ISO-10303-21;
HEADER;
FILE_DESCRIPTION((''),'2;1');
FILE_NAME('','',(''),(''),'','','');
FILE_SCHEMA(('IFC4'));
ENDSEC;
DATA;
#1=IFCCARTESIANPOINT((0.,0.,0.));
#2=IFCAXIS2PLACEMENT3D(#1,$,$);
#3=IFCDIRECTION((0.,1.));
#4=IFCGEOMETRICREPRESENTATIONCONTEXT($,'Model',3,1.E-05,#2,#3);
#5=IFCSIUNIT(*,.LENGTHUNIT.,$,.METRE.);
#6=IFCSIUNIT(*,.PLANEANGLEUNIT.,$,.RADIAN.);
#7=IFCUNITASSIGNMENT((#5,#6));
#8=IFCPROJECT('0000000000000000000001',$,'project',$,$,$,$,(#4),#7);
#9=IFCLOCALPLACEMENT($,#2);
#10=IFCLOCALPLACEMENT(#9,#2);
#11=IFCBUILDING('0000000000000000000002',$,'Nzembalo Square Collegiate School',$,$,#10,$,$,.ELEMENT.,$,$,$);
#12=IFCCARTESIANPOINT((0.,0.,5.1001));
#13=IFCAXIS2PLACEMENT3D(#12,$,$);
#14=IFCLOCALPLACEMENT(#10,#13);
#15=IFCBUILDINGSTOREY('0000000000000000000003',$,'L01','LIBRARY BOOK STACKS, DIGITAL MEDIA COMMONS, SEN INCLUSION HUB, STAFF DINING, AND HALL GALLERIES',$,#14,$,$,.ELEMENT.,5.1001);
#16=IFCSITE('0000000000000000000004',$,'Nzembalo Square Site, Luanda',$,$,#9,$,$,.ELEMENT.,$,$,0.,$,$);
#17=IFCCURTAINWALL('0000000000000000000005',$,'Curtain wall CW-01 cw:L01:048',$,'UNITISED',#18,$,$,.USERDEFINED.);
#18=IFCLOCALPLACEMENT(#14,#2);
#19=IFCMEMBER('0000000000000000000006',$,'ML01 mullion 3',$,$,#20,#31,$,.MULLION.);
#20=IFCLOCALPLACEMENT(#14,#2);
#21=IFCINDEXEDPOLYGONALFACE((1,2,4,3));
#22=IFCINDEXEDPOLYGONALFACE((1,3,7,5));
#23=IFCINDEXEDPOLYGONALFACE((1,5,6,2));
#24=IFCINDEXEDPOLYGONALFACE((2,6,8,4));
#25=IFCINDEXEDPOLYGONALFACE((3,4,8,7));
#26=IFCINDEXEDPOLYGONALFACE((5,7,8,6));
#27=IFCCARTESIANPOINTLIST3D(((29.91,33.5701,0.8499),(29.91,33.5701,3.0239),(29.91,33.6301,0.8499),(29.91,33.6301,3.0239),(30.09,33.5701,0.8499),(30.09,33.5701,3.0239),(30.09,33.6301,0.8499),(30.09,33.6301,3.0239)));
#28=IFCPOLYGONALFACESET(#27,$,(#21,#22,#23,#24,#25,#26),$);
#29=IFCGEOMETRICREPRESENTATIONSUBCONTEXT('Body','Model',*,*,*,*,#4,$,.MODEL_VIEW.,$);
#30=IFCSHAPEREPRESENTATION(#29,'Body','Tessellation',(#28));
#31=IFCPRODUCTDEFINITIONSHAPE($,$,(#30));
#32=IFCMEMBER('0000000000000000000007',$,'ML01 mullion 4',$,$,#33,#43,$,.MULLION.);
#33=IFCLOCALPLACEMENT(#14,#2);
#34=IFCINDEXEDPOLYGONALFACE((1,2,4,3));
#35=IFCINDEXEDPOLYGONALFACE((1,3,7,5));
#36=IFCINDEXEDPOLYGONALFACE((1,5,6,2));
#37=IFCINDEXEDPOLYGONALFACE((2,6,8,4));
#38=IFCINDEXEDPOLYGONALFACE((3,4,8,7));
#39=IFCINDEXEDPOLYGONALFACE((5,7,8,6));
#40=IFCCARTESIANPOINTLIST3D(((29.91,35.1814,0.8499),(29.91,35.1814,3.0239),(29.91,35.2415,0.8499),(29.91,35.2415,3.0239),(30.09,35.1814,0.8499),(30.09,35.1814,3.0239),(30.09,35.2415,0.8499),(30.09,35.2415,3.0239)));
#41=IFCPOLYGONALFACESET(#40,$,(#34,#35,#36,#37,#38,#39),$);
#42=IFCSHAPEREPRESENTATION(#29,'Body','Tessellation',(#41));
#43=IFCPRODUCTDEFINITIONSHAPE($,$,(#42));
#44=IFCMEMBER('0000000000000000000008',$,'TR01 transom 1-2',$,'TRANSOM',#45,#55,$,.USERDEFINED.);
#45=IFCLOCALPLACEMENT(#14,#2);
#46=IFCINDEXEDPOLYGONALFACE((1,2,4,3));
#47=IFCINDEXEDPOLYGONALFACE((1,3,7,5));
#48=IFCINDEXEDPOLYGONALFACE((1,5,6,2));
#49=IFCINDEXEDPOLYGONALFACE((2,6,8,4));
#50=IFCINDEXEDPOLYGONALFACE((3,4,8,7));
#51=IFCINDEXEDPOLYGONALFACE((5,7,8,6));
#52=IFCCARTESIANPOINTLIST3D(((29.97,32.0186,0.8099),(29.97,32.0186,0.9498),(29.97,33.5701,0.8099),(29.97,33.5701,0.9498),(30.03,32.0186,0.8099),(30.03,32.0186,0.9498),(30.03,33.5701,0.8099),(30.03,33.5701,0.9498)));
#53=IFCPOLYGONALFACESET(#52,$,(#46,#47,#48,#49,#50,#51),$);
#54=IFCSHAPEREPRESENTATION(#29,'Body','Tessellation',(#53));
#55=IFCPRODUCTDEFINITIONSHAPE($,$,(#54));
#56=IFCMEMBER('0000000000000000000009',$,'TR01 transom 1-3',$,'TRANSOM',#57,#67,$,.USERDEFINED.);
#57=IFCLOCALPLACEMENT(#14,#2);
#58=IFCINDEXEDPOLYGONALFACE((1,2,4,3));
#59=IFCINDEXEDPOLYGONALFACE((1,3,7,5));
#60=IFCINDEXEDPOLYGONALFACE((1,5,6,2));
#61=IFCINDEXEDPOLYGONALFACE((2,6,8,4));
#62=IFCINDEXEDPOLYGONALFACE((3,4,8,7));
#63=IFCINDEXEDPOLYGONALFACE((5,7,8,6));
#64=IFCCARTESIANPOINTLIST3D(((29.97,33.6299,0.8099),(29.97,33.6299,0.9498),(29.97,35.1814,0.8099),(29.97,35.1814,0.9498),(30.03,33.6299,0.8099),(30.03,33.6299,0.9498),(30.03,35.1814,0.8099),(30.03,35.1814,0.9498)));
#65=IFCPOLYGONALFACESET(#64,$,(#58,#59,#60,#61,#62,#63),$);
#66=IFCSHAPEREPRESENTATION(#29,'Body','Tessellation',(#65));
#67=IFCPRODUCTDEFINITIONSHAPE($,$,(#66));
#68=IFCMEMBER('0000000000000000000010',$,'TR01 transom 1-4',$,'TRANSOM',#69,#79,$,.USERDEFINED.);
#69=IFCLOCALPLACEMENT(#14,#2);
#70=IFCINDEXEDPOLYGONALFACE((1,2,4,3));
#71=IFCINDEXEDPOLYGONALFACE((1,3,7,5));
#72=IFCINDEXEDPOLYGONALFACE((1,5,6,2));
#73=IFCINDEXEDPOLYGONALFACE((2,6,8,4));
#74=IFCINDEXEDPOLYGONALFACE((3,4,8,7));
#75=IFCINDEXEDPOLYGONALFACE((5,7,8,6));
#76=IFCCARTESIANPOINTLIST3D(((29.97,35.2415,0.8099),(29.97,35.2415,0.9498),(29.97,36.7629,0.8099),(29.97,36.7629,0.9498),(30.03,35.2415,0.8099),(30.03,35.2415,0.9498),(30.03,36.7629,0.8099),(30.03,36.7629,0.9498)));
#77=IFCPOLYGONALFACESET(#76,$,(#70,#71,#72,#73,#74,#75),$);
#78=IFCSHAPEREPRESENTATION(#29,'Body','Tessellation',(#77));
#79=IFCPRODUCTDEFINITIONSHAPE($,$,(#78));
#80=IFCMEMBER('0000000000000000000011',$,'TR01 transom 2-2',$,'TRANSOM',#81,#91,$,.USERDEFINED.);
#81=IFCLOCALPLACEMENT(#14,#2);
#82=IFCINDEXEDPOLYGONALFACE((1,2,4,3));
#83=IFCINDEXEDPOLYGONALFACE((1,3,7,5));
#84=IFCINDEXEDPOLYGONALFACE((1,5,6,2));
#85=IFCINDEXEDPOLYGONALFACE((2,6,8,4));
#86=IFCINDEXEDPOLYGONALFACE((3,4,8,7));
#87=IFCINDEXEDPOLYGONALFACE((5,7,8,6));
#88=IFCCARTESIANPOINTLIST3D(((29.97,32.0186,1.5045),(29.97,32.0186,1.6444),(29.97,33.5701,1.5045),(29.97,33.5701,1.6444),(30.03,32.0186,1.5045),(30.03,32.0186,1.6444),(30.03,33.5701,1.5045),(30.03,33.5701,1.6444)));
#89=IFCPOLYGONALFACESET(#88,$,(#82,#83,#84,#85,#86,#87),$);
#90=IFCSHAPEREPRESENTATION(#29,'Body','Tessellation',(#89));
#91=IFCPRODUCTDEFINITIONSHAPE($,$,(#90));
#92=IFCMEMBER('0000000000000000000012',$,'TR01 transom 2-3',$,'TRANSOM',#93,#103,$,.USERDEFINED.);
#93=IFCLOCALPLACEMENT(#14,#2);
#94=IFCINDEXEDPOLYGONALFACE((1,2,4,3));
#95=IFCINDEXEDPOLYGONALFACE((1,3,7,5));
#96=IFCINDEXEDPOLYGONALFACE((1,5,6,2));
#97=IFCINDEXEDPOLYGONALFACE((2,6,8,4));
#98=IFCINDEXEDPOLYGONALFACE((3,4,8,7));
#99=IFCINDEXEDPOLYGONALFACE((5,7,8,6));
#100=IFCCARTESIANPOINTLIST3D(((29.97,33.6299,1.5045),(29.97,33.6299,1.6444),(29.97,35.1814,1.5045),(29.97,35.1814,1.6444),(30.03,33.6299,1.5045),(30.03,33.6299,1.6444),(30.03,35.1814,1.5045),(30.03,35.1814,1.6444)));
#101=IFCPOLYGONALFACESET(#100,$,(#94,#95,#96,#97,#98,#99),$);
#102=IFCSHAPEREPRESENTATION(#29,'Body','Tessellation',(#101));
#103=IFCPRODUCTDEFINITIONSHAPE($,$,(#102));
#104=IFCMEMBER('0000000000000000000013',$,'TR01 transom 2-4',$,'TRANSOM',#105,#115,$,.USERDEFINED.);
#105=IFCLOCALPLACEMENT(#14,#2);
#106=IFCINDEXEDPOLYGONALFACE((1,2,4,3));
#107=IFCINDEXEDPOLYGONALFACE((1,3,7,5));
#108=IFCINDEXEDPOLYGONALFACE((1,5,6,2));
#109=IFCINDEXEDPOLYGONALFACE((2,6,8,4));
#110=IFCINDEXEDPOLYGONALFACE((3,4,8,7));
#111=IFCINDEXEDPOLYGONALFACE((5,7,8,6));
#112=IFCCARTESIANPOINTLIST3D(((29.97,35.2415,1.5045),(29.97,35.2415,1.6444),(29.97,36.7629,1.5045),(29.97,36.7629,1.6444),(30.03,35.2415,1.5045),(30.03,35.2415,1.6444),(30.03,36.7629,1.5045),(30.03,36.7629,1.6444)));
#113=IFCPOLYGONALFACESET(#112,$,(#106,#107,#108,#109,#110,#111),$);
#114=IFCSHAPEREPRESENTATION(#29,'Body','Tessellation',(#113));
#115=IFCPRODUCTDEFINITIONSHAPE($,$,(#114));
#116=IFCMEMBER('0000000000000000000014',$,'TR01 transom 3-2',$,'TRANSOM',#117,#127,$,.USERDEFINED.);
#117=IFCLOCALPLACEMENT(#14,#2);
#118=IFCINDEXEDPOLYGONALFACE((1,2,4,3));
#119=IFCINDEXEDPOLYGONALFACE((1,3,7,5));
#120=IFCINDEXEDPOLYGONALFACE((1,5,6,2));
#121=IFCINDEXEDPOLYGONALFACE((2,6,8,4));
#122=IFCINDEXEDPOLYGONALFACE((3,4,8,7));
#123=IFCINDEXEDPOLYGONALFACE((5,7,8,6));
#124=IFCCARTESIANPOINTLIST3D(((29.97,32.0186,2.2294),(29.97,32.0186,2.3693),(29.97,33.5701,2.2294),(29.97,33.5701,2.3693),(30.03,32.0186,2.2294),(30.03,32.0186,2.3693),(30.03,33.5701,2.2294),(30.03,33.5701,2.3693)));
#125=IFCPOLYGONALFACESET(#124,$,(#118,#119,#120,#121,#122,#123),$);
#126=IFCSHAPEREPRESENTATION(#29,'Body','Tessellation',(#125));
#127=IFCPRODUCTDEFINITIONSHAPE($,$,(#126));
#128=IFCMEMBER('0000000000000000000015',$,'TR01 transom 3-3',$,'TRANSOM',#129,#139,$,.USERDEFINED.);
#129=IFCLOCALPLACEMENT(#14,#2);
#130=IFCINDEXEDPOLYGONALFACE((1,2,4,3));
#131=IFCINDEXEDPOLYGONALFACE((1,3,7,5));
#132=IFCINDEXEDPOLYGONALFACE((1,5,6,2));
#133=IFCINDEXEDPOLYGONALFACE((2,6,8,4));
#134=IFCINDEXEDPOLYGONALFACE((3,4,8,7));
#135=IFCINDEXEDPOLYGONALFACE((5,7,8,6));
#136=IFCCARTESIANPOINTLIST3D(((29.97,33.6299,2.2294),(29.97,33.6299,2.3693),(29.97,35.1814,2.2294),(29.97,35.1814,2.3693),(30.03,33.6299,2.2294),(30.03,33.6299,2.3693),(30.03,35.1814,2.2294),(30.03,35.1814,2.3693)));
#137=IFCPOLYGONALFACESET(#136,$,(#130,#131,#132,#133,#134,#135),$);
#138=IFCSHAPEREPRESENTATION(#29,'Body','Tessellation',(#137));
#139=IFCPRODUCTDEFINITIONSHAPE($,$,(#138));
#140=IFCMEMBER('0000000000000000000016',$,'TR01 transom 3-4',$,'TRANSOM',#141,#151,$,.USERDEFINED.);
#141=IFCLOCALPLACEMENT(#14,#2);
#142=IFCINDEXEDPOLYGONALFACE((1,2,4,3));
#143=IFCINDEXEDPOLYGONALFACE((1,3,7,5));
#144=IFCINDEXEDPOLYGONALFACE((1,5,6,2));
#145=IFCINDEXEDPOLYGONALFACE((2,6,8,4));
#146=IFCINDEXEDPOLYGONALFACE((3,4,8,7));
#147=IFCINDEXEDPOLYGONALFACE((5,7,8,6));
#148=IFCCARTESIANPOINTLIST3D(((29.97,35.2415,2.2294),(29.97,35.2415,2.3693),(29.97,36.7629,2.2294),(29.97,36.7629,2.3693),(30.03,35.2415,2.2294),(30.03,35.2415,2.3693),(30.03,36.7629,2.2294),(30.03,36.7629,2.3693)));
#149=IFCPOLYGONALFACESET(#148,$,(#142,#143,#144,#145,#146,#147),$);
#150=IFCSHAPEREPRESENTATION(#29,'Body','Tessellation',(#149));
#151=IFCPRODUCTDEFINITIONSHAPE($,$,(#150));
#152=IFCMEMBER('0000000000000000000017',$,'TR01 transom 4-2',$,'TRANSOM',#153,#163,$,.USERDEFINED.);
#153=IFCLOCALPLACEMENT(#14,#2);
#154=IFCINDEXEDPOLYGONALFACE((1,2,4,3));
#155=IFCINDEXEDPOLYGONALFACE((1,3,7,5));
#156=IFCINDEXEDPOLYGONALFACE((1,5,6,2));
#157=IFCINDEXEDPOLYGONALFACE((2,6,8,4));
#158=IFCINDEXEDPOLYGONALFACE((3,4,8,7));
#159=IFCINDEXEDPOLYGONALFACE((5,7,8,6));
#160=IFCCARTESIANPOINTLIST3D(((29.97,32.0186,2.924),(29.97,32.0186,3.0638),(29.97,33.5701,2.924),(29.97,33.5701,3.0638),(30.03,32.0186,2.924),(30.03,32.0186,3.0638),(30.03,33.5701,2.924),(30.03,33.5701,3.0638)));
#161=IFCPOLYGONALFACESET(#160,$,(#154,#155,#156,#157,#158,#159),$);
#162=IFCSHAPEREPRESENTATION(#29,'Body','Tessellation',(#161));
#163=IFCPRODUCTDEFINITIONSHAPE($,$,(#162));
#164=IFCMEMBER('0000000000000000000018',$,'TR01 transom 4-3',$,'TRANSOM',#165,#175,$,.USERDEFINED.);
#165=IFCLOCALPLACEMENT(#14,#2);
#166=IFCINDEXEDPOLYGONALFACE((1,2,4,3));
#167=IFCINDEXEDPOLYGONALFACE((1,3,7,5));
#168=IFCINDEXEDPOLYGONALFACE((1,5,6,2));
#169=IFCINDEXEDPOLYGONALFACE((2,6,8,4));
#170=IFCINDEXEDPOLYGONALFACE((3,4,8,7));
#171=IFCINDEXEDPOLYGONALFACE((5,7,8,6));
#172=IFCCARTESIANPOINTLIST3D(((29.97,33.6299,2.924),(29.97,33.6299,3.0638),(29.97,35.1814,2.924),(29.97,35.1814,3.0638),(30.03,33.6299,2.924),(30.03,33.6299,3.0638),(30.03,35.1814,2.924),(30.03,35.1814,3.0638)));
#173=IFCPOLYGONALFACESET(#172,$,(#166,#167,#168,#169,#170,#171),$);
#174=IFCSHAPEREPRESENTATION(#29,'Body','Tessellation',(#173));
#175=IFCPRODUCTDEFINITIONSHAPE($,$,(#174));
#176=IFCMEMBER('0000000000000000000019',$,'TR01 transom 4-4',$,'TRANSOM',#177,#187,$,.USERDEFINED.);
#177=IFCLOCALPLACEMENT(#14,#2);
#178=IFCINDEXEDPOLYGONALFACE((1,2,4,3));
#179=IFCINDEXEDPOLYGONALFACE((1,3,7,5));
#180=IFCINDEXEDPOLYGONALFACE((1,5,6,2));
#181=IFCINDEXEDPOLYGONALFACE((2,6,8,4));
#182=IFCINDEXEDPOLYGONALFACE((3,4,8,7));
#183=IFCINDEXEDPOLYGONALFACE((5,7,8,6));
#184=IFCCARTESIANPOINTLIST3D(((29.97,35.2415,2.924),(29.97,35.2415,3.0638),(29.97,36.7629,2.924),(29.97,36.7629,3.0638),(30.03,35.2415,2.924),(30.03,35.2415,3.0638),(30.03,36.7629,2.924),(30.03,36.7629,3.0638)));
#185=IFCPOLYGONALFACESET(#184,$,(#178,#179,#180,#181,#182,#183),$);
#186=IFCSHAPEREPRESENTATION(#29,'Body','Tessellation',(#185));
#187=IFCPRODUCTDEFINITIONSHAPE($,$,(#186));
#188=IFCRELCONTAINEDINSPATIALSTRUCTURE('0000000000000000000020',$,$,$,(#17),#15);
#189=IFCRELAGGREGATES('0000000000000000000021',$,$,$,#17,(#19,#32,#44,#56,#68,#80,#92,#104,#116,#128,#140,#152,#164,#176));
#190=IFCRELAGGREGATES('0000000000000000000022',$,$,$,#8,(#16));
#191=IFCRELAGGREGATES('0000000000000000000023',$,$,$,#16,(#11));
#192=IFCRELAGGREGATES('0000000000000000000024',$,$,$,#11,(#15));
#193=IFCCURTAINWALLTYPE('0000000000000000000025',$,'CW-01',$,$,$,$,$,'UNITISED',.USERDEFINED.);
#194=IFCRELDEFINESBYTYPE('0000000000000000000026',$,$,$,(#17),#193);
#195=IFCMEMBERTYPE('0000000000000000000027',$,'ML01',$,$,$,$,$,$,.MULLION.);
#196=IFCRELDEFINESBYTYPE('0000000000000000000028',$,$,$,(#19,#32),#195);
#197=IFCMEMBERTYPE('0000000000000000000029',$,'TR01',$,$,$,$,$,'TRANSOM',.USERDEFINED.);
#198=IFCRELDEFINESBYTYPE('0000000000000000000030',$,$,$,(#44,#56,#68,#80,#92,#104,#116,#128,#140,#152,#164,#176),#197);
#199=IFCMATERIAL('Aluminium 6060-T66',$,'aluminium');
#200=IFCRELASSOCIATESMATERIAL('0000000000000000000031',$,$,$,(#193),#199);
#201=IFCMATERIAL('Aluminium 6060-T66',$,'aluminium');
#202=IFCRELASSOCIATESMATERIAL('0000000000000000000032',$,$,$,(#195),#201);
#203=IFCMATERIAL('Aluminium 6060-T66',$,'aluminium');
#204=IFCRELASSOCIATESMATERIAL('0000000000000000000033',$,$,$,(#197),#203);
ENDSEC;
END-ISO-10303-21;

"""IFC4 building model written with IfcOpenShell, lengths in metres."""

from ifc_helpers import new_model, si_unit, direction, frame, origin, origin_2d, place, context, subcontext, project, spatial, rectangle, extrude, material, material_profile, profile_set, type_object, element, aggregate, save


model = new_model("IFC4")

# Units and contexts
model_context = context("Model", 3, precision=1e-05, world=origin(), true_north=direction((0.0, 1.0)))
body_context = subcontext(model_context, "Body", "Model", "MODEL_VIEW")
ifc_project = project(units=[si_unit("LENGTHUNIT", "METRE"), si_unit("PLANEANGLEUNIT", "RADIAN")], contexts=[model_context])

# Site, building, storey
site_placement = place(None, origin())
site = spatial("IfcSite", under=ifc_project, at=site_placement, Name="Nzembalo Square Site, Luanda", CompositionType="ELEMENT", RefElevation=0.0)
building_placement = place(site_placement, origin())
building = spatial("IfcBuilding", under=site, at=building_placement, Name="Nzembalo Square Collegiate School", CompositionType="ELEMENT")
storey_placement = place(building_placement, frame((0.0, 0.0, 5.1001)))
storey = spatial("IfcBuildingStorey", under=building, at=storey_placement, Name="L01", Description="LIBRARY BOOK STACKS, DIGITAL MEDIA COMMONS, SEN INCLUSION HUB, STAFF DINING, AND HALL GALLERIES", CompositionType="ELEMENT", Elevation=5.1001)

# Curtain wall, members
ifc_material_1 = material(Name="Aluminium 6060-T66", Category="aluminium")
curtain_wall_type = type_object("IfcCurtainWallType", Name="CW-01", ElementType="UNITISED", PredefinedType="USERDEFINED", material=ifc_material_1)
curtain_wall_placement = place(storey_placement, origin())
curtain_wall = element("IfcCurtainWall", 1, at=curtain_wall_placement, inside=storey, type_object=curtain_wall_type, Name="Curtain wall CW-01 cw:L01:048", ObjectType="UNITISED", PredefinedType="USERDEFINED")
ifc_material_2 = material(Name="Aluminium 6060-T66", Category="aluminium")
ifc_material_profile_1 = material_profile(ifc_material_2, rectangle(XDim=0.0601, YDim=0.1799, at=origin_2d()), Name="ALU M60x180")
ifc_profile_set_1 = profile_set([ifc_material_profile_1], Name="Aluminium 6060-T66")
member_type_1 = type_object("IfcMemberType", Name="ML01", PredefinedType="MULLION", material=ifc_profile_set_1)
member_1_placement = place(storey_placement, frame((30.0, 33.6001, 0.8499), z_axis=(0.0, 0.0, 1.0), x_axis=(0.0, 1.0, 0.0)))
member_1 = element("IfcMember", 2, at=member_1_placement, type_object=member_type_1, Name="ML01 mullion 3", PredefinedType="MULLION", context=body_context, shape_type="SweptSolid", body=[
    extrude(rectangle(XDim=0.0601, YDim=0.1799, at=origin_2d()), origin(), (0.0, 0.0, 1.0), 2.1741),
])
member_2_placement = place(storey_placement, frame((30.0, 35.2114, 0.8499), z_axis=(0.0, 0.0, 1.0), x_axis=(0.0, 1.0, 0.0)))
member_2 = element("IfcMember", 3, at=member_2_placement, type_object=member_type_1, Name="ML01 mullion 4", PredefinedType="MULLION", context=body_context, shape_type="SweptSolid", body=[
    extrude(rectangle(XDim=0.0601, YDim=0.1799, at=origin_2d()), origin(), (0.0, 0.0, 1.0), 2.1741),
])
ifc_material_3 = material(Name="Aluminium 6060-T66", Category="aluminium")
ifc_material_profile_2 = material_profile(ifc_material_3, rectangle(XDim=0.0601, YDim=0.1399, at=origin_2d()), Name="ALU T60x140")
ifc_profile_set_2 = profile_set([ifc_material_profile_2], Name="Aluminium 6060-T66")
member_type_2 = type_object("IfcMemberType", Name="TR01", ElementType="TRANSOM", PredefinedType="USERDEFINED", material=ifc_profile_set_2)
member_3_placement = place(storey_placement, frame((30.0, 32.0186, 0.8799), z_axis=(0.0, 1.0, 0.0), x_axis=(-1.0, 0.0, 0.0)))
member_3 = element("IfcMember", 4, at=member_3_placement, type_object=member_type_2, Name="TR01 transom 1-2", ObjectType="TRANSOM", PredefinedType="USERDEFINED", context=body_context, shape_type="SweptSolid", body=[
    extrude(rectangle(XDim=0.0601, YDim=0.1399, at=origin_2d()), origin(), (0.0, 0.0, 1.0), 1.5515),
])
member_4_placement = place(storey_placement, frame((30.0, 33.6299, 0.8799), z_axis=(0.0, 1.0, 0.0), x_axis=(-1.0, 0.0, 0.0)))
member_4 = element("IfcMember", 5, at=member_4_placement, type_object=member_type_2, Name="TR01 transom 1-3", ObjectType="TRANSOM", PredefinedType="USERDEFINED", context=body_context, shape_type="SweptSolid", body=[
    extrude(rectangle(XDim=0.0601, YDim=0.1399, at=origin_2d()), origin(), (0.0, 0.0, 1.0), 1.5515),
])
member_5_placement = place(storey_placement, frame((30.0, 35.2415, 0.8799), z_axis=(0.0, 1.0, 0.0), x_axis=(-1.0, 0.0, 0.0)))
member_5 = element("IfcMember", 6, at=member_5_placement, type_object=member_type_2, Name="TR01 transom 1-4", ObjectType="TRANSOM", PredefinedType="USERDEFINED", context=body_context, shape_type="SweptSolid", body=[
    extrude(rectangle(XDim=0.0601, YDim=0.1399, at=origin_2d()), origin(), (0.0, 0.0, 1.0), 1.5215),
])
member_6_placement = place(storey_placement, frame((30.0, 32.0186, 1.5745), z_axis=(0.0, 1.0, 0.0), x_axis=(-1.0, 0.0, 0.0)))
member_6 = element("IfcMember", 7, at=member_6_placement, type_object=member_type_2, Name="TR01 transom 2-2", ObjectType="TRANSOM", PredefinedType="USERDEFINED", context=body_context, shape_type="SweptSolid", body=[
    extrude(rectangle(XDim=0.0601, YDim=0.1399, at=origin_2d()), origin(), (0.0, 0.0, 1.0), 1.5515),
])
member_7_placement = place(storey_placement, frame((30.0, 33.6299, 1.5745), z_axis=(0.0, 1.0, 0.0), x_axis=(-1.0, 0.0, 0.0)))
member_7 = element("IfcMember", 8, at=member_7_placement, type_object=member_type_2, Name="TR01 transom 2-3", ObjectType="TRANSOM", PredefinedType="USERDEFINED", context=body_context, shape_type="SweptSolid", body=[
    extrude(rectangle(XDim=0.0601, YDim=0.1399, at=origin_2d()), origin(), (0.0, 0.0, 1.0), 1.5515),
])
member_8_placement = place(storey_placement, frame((30.0, 35.2415, 1.5745), z_axis=(0.0, 1.0, 0.0), x_axis=(-1.0, 0.0, 0.0)))
member_8 = element("IfcMember", 9, at=member_8_placement, type_object=member_type_2, Name="TR01 transom 2-4", ObjectType="TRANSOM", PredefinedType="USERDEFINED", context=body_context, shape_type="SweptSolid", body=[
    extrude(rectangle(XDim=0.0601, YDim=0.1399, at=origin_2d()), origin(), (0.0, 0.0, 1.0), 1.5215),
])
member_9_placement = place(storey_placement, frame((30.0, 32.0186, 2.2993), z_axis=(0.0, 1.0, 0.0), x_axis=(-1.0, 0.0, 0.0)))
member_9 = element("IfcMember", 10, at=member_9_placement, type_object=member_type_2, Name="TR01 transom 3-2", ObjectType="TRANSOM", PredefinedType="USERDEFINED", context=body_context, shape_type="SweptSolid", body=[
    extrude(rectangle(XDim=0.0601, YDim=0.1399, at=origin_2d()), origin(), (0.0, 0.0, 1.0), 1.5515),
])
member_10_placement = place(storey_placement, frame((30.0, 33.6299, 2.2993), z_axis=(0.0, 1.0, 0.0), x_axis=(-1.0, 0.0, 0.0)))
member_10 = element("IfcMember", 11, at=member_10_placement, type_object=member_type_2, Name="TR01 transom 3-3", ObjectType="TRANSOM", PredefinedType="USERDEFINED", context=body_context, shape_type="SweptSolid", body=[
    extrude(rectangle(XDim=0.0601, YDim=0.1399, at=origin_2d()), origin(), (0.0, 0.0, 1.0), 1.5515),
])
member_11_placement = place(storey_placement, frame((30.0, 35.2415, 2.2993), z_axis=(0.0, 1.0, 0.0), x_axis=(-1.0, 0.0, 0.0)))
member_11 = element("IfcMember", 12, at=member_11_placement, type_object=member_type_2, Name="TR01 transom 3-4", ObjectType="TRANSOM", PredefinedType="USERDEFINED", context=body_context, shape_type="SweptSolid", body=[
    extrude(rectangle(XDim=0.0601, YDim=0.1399, at=origin_2d()), origin(), (0.0, 0.0, 1.0), 1.5215),
])
member_12_placement = place(storey_placement, frame((30.0, 32.0186, 2.9939), z_axis=(0.0, 1.0, 0.0), x_axis=(-1.0, 0.0, 0.0)))
member_12 = element("IfcMember", 13, at=member_12_placement, type_object=member_type_2, Name="TR01 transom 4-2", ObjectType="TRANSOM", PredefinedType="USERDEFINED", context=body_context, shape_type="SweptSolid", body=[
    extrude(rectangle(XDim=0.0601, YDim=0.1399, at=origin_2d()), origin(), (0.0, 0.0, 1.0), 1.5515),
])
member_13_placement = place(storey_placement, frame((30.0, 33.6299, 2.9939), z_axis=(0.0, 1.0, 0.0), x_axis=(-1.0, 0.0, 0.0)))
member_13 = element("IfcMember", 14, at=member_13_placement, type_object=member_type_2, Name="TR01 transom 4-3", ObjectType="TRANSOM", PredefinedType="USERDEFINED", context=body_context, shape_type="SweptSolid", body=[
    extrude(rectangle(XDim=0.0601, YDim=0.1399, at=origin_2d()), origin(), (0.0, 0.0, 1.0), 1.5515),
])
member_14_placement = place(storey_placement, frame((30.0, 35.2415, 2.9939), z_axis=(0.0, 1.0, 0.0), x_axis=(-1.0, 0.0, 0.0)))
member_14 = element("IfcMember", 15, at=member_14_placement, type_object=member_type_2, Name="TR01 transom 4-4", ObjectType="TRANSOM", PredefinedType="USERDEFINED", context=body_context, shape_type="SweptSolid", body=[
    extrude(rectangle(XDim=0.0601, YDim=0.1399, at=origin_2d()), origin(), (0.0, 0.0, 1.0), 1.5215),
])

aggregate(curtain_wall, [member_1, member_2, member_3, member_4, member_5, member_6, member_7, member_8, member_9, member_10, member_11, member_12, member_13, member_14])

save(model, "model.ifc")
